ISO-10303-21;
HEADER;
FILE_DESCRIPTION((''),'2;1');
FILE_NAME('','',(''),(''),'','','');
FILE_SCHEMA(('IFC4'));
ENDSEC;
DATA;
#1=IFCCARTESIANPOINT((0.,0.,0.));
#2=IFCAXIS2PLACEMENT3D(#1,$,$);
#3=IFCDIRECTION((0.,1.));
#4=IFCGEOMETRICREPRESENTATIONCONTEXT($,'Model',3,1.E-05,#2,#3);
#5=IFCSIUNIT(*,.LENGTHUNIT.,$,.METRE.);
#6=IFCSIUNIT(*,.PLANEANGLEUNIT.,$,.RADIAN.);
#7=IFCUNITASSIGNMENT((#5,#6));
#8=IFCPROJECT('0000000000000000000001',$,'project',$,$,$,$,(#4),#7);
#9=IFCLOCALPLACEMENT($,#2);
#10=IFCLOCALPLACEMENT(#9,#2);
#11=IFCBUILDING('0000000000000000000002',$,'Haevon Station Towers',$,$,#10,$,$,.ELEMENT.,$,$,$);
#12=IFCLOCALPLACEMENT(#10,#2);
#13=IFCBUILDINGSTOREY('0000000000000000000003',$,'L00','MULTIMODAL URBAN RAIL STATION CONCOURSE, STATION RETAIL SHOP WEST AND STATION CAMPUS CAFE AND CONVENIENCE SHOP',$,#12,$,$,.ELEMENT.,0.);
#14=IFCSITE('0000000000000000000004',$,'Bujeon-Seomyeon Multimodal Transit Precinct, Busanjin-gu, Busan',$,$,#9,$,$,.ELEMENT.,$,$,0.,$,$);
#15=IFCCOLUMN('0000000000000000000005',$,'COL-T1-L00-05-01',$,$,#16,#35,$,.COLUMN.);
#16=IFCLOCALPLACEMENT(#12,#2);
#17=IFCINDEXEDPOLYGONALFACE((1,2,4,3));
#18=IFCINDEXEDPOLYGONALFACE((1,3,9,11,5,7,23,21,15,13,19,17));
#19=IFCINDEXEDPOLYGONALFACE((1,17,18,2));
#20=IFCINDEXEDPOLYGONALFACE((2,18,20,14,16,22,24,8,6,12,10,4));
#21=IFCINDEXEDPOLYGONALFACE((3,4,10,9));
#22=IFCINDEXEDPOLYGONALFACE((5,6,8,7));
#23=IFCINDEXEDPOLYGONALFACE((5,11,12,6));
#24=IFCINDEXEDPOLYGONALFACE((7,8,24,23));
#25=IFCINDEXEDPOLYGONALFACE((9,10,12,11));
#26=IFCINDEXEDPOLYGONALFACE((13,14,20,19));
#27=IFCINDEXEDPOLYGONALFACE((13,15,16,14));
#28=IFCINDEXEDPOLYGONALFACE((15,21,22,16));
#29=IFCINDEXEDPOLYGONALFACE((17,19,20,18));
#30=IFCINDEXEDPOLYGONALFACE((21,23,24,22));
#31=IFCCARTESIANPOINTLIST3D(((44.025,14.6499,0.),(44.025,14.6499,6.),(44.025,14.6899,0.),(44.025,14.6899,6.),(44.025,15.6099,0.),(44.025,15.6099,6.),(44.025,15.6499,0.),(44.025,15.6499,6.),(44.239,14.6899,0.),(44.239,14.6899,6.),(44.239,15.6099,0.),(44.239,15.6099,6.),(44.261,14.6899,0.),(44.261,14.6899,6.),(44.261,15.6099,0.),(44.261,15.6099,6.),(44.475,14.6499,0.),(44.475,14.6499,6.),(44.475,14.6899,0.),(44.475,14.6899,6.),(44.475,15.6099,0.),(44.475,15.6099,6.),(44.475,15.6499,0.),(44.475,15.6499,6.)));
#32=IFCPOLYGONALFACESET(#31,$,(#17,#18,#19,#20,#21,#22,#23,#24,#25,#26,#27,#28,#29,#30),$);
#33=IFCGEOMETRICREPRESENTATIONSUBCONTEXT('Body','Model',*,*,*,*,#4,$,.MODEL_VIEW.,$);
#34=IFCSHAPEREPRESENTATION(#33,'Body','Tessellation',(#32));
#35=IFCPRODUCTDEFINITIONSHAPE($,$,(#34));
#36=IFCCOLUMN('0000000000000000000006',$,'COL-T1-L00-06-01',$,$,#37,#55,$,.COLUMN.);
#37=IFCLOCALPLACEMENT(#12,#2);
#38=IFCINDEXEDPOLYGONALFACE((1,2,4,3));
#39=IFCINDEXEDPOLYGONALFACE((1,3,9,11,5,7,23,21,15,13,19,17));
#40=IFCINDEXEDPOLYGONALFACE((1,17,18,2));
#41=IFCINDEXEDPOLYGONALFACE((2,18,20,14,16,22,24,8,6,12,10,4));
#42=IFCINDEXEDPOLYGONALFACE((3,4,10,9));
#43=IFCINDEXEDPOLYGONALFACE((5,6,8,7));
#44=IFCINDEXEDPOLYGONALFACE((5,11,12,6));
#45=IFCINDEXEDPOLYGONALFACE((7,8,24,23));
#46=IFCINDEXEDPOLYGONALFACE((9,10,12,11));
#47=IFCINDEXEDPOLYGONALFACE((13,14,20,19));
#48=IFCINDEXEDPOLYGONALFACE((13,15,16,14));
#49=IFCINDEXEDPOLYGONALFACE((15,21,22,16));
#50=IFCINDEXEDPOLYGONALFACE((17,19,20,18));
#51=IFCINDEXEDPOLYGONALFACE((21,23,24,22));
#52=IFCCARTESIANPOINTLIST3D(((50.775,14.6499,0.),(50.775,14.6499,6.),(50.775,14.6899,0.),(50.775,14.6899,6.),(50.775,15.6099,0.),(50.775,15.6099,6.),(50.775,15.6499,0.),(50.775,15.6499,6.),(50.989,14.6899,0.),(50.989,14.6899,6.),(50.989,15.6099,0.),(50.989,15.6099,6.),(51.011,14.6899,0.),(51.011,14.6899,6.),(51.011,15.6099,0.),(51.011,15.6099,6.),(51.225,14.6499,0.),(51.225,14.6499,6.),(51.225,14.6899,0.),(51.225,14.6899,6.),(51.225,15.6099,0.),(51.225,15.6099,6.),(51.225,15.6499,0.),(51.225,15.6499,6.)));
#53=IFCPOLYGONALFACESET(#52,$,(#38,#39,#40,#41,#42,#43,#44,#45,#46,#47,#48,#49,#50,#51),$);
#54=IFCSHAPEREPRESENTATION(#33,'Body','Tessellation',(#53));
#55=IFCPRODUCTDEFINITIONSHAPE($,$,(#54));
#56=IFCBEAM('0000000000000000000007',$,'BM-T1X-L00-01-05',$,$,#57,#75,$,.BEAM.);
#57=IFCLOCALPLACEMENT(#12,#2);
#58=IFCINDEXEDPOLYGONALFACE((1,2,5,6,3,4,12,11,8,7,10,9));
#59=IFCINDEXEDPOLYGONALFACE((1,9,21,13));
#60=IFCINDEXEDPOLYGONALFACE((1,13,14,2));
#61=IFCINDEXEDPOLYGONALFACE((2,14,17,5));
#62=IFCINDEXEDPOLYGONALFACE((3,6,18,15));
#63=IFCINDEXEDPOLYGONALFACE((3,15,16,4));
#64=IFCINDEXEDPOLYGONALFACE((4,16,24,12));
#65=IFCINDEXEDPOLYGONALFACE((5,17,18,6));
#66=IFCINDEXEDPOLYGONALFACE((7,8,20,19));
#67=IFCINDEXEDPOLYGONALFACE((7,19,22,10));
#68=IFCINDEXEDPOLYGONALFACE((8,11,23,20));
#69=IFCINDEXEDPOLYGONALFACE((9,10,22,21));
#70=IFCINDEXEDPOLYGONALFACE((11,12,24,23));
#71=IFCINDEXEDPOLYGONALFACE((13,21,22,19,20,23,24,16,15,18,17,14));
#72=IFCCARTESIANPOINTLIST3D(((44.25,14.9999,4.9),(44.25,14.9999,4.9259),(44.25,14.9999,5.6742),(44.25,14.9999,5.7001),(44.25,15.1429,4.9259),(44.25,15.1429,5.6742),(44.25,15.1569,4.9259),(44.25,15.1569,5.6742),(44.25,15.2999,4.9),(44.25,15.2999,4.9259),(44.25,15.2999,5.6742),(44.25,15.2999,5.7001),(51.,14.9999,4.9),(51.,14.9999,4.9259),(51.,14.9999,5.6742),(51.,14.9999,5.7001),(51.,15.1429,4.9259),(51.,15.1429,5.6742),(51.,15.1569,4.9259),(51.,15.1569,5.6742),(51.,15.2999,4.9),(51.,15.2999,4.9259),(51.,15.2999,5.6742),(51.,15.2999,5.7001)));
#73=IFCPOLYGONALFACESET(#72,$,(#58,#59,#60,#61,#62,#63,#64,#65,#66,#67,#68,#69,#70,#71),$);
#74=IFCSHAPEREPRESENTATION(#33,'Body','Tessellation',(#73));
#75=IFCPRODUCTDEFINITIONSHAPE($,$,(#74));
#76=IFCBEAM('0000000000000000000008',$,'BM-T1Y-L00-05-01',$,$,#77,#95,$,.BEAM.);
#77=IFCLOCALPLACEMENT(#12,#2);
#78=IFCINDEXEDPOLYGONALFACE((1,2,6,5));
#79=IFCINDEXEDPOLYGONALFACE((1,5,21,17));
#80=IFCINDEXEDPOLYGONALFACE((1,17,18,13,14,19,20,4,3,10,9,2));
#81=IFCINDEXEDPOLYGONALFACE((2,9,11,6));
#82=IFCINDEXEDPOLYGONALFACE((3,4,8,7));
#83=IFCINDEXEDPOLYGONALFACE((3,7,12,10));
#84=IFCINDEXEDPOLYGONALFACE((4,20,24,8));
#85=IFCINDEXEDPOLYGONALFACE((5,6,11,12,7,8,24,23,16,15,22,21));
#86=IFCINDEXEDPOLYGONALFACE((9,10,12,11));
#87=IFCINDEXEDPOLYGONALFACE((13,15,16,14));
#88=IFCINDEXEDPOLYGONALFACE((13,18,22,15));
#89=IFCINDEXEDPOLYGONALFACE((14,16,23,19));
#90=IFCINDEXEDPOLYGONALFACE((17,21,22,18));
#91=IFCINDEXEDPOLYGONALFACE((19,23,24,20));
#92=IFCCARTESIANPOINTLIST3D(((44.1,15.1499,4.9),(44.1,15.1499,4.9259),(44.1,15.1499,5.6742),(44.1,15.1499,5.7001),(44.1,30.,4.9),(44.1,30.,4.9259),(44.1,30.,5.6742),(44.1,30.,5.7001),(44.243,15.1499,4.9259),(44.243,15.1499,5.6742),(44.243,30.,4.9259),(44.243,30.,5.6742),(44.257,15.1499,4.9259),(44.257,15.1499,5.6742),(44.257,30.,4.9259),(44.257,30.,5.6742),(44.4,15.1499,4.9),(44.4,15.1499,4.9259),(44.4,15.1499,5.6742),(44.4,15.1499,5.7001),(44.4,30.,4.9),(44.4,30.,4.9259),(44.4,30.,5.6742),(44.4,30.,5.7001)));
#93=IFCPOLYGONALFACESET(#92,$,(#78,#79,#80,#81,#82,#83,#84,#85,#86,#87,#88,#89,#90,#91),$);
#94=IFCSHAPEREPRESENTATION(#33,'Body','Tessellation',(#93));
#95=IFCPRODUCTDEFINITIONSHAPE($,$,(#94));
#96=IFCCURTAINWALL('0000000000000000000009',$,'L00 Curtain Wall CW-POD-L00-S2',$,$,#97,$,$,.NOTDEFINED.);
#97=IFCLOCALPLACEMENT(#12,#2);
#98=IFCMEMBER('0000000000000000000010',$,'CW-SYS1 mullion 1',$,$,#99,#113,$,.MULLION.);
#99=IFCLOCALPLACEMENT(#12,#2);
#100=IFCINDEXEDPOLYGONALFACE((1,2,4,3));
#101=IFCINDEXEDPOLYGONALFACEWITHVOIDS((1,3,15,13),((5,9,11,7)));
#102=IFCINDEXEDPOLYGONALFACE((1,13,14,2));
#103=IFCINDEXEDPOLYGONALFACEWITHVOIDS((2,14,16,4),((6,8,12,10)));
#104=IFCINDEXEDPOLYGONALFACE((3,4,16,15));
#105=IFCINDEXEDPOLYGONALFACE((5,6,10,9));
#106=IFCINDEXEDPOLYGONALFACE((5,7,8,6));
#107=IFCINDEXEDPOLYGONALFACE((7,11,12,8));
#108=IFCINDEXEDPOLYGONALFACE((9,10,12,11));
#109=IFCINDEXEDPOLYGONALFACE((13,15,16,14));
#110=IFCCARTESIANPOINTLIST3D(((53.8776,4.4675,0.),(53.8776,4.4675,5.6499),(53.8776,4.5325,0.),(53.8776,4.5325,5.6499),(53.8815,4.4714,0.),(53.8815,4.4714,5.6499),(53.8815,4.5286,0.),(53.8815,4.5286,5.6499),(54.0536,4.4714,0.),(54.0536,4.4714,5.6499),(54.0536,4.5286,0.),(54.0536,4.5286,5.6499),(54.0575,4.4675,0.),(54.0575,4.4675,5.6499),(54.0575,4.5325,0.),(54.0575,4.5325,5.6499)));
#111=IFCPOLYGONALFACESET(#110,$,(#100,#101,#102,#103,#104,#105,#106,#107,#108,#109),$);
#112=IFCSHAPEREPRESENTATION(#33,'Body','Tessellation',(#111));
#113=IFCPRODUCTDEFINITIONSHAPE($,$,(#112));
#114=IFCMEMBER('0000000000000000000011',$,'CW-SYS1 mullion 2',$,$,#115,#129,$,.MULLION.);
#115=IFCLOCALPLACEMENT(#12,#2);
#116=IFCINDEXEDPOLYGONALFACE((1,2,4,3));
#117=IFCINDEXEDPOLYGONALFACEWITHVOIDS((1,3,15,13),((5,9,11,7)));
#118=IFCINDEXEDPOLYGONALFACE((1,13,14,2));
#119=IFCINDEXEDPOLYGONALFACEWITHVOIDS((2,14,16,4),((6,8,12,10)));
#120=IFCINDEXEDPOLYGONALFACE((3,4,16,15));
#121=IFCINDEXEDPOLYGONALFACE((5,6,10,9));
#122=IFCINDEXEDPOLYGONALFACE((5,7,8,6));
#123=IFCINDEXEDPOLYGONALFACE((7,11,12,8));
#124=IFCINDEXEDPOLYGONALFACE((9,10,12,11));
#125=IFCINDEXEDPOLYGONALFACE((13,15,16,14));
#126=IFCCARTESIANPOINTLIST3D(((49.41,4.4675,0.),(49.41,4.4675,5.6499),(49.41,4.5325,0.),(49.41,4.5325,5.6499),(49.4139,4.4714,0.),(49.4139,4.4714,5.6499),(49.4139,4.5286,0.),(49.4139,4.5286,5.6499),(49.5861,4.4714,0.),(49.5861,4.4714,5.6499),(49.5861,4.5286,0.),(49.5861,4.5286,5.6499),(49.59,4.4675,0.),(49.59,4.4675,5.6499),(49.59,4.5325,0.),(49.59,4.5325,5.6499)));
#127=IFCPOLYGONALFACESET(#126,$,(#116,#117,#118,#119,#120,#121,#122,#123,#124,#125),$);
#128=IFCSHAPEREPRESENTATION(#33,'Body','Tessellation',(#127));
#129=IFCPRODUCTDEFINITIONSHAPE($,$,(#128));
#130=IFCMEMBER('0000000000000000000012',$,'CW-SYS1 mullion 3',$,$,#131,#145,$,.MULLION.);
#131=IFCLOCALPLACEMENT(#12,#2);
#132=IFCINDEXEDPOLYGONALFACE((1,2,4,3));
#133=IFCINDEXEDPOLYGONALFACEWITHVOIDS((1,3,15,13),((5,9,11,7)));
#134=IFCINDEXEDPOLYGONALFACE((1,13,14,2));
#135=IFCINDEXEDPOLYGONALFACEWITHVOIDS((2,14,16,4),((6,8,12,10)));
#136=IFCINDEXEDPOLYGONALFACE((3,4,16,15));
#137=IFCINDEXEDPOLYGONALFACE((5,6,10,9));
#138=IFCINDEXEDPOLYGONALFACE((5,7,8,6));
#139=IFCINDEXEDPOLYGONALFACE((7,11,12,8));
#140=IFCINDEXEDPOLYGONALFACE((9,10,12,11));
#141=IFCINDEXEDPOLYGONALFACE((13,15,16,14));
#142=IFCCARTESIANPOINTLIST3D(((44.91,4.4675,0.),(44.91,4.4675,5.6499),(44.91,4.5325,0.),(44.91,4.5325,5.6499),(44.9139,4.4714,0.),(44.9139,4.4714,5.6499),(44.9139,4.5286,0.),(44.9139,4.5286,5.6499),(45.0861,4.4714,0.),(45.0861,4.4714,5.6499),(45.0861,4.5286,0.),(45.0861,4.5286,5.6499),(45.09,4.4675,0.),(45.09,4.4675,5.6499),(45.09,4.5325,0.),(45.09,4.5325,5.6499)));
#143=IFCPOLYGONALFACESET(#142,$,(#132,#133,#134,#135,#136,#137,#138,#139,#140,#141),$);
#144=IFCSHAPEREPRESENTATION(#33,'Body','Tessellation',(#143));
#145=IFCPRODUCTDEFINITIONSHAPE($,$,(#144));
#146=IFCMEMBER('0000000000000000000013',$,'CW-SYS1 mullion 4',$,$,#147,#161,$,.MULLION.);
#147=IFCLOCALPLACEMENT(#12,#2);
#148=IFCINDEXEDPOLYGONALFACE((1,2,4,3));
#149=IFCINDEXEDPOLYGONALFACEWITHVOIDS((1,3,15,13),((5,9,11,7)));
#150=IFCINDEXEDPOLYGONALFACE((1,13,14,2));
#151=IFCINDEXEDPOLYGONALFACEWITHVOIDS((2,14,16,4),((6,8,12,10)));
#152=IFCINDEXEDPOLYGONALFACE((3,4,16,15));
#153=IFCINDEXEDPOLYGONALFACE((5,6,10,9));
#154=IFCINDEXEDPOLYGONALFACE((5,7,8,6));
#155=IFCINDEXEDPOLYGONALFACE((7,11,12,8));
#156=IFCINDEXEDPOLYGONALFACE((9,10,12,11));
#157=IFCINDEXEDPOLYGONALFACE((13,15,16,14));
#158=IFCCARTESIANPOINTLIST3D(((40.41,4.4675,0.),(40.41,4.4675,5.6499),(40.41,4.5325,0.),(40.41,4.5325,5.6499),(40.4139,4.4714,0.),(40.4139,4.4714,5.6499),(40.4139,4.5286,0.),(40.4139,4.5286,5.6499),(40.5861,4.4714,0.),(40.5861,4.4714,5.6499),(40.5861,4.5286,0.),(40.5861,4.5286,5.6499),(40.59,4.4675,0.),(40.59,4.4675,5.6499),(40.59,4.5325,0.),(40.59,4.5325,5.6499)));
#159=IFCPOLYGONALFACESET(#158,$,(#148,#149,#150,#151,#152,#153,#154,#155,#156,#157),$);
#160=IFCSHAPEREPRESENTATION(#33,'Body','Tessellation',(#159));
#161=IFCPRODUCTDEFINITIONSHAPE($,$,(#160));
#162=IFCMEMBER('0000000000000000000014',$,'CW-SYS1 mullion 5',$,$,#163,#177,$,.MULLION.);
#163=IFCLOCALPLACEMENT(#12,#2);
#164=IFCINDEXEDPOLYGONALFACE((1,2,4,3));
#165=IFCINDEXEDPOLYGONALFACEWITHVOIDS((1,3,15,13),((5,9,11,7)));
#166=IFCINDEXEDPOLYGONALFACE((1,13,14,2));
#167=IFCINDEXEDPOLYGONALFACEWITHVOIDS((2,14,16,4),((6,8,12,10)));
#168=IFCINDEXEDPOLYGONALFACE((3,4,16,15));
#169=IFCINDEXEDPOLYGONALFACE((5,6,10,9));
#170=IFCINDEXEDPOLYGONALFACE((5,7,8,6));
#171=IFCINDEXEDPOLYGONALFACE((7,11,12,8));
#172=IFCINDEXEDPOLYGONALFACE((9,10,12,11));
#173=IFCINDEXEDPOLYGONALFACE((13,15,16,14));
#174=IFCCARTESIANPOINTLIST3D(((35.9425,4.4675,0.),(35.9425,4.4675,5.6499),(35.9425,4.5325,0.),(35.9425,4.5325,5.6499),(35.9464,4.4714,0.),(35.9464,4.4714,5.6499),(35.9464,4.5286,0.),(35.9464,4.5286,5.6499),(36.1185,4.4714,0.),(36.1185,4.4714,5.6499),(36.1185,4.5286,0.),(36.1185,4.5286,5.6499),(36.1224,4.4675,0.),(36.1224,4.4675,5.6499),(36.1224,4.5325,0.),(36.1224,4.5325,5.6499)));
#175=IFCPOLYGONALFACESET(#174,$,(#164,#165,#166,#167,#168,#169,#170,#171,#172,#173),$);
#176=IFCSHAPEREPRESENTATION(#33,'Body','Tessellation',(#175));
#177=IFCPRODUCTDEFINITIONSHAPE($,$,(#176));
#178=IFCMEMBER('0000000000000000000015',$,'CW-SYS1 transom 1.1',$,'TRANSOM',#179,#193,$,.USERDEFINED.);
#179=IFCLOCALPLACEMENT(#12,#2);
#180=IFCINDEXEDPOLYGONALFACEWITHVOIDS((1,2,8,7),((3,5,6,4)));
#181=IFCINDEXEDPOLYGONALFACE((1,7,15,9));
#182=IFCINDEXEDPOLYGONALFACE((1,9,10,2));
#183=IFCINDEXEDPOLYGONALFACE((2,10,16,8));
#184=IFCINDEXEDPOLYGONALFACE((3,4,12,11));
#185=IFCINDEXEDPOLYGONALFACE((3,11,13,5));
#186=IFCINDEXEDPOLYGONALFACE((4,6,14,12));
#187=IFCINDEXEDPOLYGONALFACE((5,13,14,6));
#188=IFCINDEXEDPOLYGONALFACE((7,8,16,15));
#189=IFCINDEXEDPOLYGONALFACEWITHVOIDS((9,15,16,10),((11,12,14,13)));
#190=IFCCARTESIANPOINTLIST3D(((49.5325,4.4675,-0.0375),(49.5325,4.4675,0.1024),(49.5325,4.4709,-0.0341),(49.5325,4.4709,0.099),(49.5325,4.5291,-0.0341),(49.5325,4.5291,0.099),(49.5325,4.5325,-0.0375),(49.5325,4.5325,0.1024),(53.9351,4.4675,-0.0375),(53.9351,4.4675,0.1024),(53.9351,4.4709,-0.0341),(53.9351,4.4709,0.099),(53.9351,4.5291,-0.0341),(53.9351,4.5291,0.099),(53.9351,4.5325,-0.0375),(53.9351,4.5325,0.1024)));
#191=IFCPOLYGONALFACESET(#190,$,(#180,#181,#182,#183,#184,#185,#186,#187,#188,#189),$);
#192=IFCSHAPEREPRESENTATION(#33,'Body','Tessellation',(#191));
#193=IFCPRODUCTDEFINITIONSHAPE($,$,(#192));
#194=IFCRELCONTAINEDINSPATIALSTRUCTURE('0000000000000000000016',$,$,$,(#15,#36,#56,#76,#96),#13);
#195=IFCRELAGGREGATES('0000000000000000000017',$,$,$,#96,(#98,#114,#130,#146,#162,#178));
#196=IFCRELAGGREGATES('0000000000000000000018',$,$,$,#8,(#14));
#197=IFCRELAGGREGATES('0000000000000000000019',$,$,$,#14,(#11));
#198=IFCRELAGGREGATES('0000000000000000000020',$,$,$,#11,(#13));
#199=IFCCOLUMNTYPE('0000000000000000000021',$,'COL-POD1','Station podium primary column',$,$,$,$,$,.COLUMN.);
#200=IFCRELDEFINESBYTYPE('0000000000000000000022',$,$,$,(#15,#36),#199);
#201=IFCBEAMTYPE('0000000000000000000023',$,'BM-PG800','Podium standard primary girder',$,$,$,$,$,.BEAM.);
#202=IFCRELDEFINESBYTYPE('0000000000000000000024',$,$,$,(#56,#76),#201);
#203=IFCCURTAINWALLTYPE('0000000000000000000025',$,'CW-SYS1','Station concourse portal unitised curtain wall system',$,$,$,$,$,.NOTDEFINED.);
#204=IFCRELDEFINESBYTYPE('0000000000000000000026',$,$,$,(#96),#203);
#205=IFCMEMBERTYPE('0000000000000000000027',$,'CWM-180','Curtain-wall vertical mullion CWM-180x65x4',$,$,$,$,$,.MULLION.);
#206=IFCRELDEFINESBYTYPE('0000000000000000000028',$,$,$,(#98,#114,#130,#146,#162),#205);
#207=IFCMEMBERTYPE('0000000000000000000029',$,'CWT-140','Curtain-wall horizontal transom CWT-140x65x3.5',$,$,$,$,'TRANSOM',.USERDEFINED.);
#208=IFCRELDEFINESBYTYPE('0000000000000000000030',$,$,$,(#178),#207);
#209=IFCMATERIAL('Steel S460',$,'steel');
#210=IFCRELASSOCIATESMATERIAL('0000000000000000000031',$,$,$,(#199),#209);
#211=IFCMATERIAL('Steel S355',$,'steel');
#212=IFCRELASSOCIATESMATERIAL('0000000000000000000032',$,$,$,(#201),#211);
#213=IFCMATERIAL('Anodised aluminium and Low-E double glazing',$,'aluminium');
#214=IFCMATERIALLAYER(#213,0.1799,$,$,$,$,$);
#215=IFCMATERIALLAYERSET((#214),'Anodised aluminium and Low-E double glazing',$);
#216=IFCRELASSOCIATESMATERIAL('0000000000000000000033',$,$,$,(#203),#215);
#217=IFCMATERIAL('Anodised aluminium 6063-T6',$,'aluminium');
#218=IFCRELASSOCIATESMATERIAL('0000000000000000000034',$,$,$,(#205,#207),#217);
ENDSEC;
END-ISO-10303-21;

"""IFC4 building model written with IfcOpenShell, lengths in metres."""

from ifc_helpers import new_model, si_unit, direction, frame, origin, origin_2d, place, context, subcontext, project, spatial, hollow_rectangle, i_section, extrude, material, layer, layer_set, material_profile, profile_set, type_object, element, aggregate, save


model = new_model("IFC4")

# Units and contexts
model_context = context("Model", 3, precision=1e-05, world=origin(), true_north=direction((0.0, 1.0)))
body_context = subcontext(model_context, "Body", "Model", "MODEL_VIEW")
ifc_project = project(units=[si_unit("LENGTHUNIT", "METRE"), si_unit("PLANEANGLEUNIT", "RADIAN")], contexts=[model_context])

# Site, building, storey
site_placement = place(None, origin())
site = spatial("IfcSite", under=ifc_project, at=site_placement, Name="Bujeon-Seomyeon Multimodal Transit Precinct, Busanjin-gu, Busan", CompositionType="ELEMENT", RefElevation=0.0)
building_placement = place(site_placement, origin())
building = spatial("IfcBuilding", under=site, at=building_placement, Name="Haevon Station Towers", CompositionType="ELEMENT")
storey_placement = place(building_placement, origin())
storey = spatial("IfcBuildingStorey", under=building, at=storey_placement, Name="L00", Description="MULTIMODAL URBAN RAIL STATION CONCOURSE, STATION RETAIL SHOP WEST AND STATION CAMPUS CAFE AND CONVENIENCE SHOP", CompositionType="ELEMENT", Elevation=0.0)

# Columns
ifc_material_1 = material(Name="Steel S460", Category="steel")
ifc_material_profile_1 = material_profile(ifc_material_1, i_section(OverallWidth=0.45, OverallDepth=1.0, WebThickness=0.022, FlangeThickness=0.04, at=origin_2d()), Name="H-1000x450x22x40")
ifc_profile_set_1 = profile_set([ifc_material_profile_1], Name="Steel S460")
column_type = type_object("IfcColumnType", Name="COL-POD1", Description="Station podium primary column", PredefinedType="COLUMN", material=ifc_profile_set_1)
for number, where, z_axis, x_axis, name in (
    (1, (44.25, 15.1499, 0.0), (0.0, 0.0, 1.0), (1.0, 0.0, 0.0), "COL-T1-L00-05-01"),
    (2, (51.0, 15.1499, 0.0), (0.0, 0.0, 1.0), (1.0, 0.0, 0.0), "COL-T1-L00-06-01"),
):
    element("IfcColumn", number, at=place(storey_placement, frame(where, z_axis=z_axis, x_axis=x_axis)), inside=storey, type_object=column_type, Name=name, PredefinedType="COLUMN", context=body_context, shape_type="SweptSolid", body=[
        extrude(i_section(OverallWidth=0.45, OverallDepth=1.0, WebThickness=0.022, FlangeThickness=0.04, at=origin_2d()), origin(), (0.0, 0.0, 1.0), 6.0),
    ])

# Beams
ifc_material_2 = material(Name="Steel S355", Category="steel")
ifc_material_profile_2 = material_profile(ifc_material_2, i_section(OverallWidth=0.3, OverallDepth=0.8, WebThickness=0.0139, FlangeThickness=0.0259, at=origin_2d()), Name="H-800x300x14x26")
ifc_profile_set_2 = profile_set([ifc_material_profile_2], Name="Steel S355")
beam_type = type_object("IfcBeamType", Name="BM-PG800", Description="Podium standard primary girder", PredefinedType="BEAM", material=ifc_profile_set_2)
beam_1_placement = place(storey_placement, frame((44.25, 15.1499, 5.3), z_axis=(1.0, 0.0, 0.0), x_axis=(0.0, 1.0, 0.0)))
element("IfcBeam", 3, at=beam_1_placement, inside=storey, type_object=beam_type, Name="BM-T1X-L00-01-05", PredefinedType="BEAM", context=body_context, shape_type="SweptSolid", body=[
    extrude(i_section(OverallWidth=0.3, OverallDepth=0.8, WebThickness=0.0139, FlangeThickness=0.0259, at=origin_2d()), origin(), (0.0, 0.0, 1.0), 6.75),
])
beam_2_placement = place(storey_placement, frame((44.25, 15.1499, 5.3), z_axis=(0.0, 1.0, 0.0), x_axis=(-1.0, 0.0, 0.0)))
element("IfcBeam", 4, at=beam_2_placement, inside=storey, type_object=beam_type, Name="BM-T1Y-L00-05-01", PredefinedType="BEAM", context=body_context, shape_type="SweptSolid", body=[
    extrude(i_section(OverallWidth=0.3, OverallDepth=0.8, WebThickness=0.0139, FlangeThickness=0.0259, at=origin_2d()), origin(), (0.0, 0.0, 1.0), 14.8501),
])

# Curtain wall, members
ifc_material_3 = material(Name="Anodised aluminium and Low-E double glazing", Category="aluminium")
ifc_layer_1 = layer(ifc_material_3, 0.1799)
ifc_layer_set_1 = layer_set([ifc_layer_1], Name="Anodised aluminium and Low-E double glazing")
curtain_wall_type = type_object("IfcCurtainWallType", Name="CW-SYS1", Description="Station concourse portal unitised curtain wall system", PredefinedType="NOTDEFINED", material=ifc_layer_set_1)
curtain_wall_placement = place(storey_placement, origin())
curtain_wall = element("IfcCurtainWall", 5, at=curtain_wall_placement, inside=storey, type_object=curtain_wall_type, Name="L00 Curtain Wall CW-POD-L00-S2", PredefinedType="NOTDEFINED")
ifc_material_4 = material(Name="Anodised aluminium 6063-T6", Category="aluminium")
ifc_material_profile_3 = material_profile(ifc_material_4, hollow_rectangle(XDim=0.0649, YDim=0.1799, WallThickness=0.0039, at=origin_2d()), Name="CWM-180x65x4")
ifc_profile_set_3 = profile_set([ifc_material_profile_3], Name="Anodised aluminium 6063-T6")
member_type_1 = type_object("IfcMemberType", Name="CWM-180", Description="Curtain-wall vertical mullion CWM-180x65x4", PredefinedType="MULLION", material=ifc_profile_set_3)
member_1_placement = place(storey_placement, frame((53.9675, 4.5, 0.0), z_axis=(0.0, 0.0, 1.0), x_axis=(0.0, -1.0, 0.0)))
member_1 = element("IfcMember", 6, at=member_1_placement, type_object=member_type_1, Name="CW-SYS1 mullion 1", PredefinedType="MULLION", context=body_context, shape_type="SweptSolid", body=[
    extrude(hollow_rectangle(XDim=0.0649, YDim=0.1799, WallThickness=0.0039, at=origin_2d()), origin(), (0.0, 0.0, 1.0), 5.6499),
])
member_2_placement = place(storey_placement, frame((49.5, 4.5, 0.0), z_axis=(0.0, 0.0, 1.0), x_axis=(0.0, -1.0, 0.0)))
member_2 = element("IfcMember", 7, at=member_2_placement, type_object=member_type_1, Name="CW-SYS1 mullion 2", PredefinedType="MULLION", context=body_context, shape_type="SweptSolid", body=[
    extrude(hollow_rectangle(XDim=0.0649, YDim=0.1799, WallThickness=0.0039, at=origin_2d()), origin(), (0.0, 0.0, 1.0), 5.6499),
])
member_3_placement = place(storey_placement, frame((45.0, 4.5, 0.0), z_axis=(0.0, 0.0, 1.0), x_axis=(0.0, -1.0, 0.0)))
member_3 = element("IfcMember", 8, at=member_3_placement, type_object=member_type_1, Name="CW-SYS1 mullion 3", PredefinedType="MULLION", context=body_context, shape_type="SweptSolid", body=[
    extrude(hollow_rectangle(XDim=0.0649, YDim=0.1799, WallThickness=0.0039, at=origin_2d()), origin(), (0.0, 0.0, 1.0), 5.6499),
])
member_4_placement = place(storey_placement, frame((40.5, 4.5, 0.0), z_axis=(0.0, 0.0, 1.0), x_axis=(0.0, -1.0, 0.0)))
member_4 = element("IfcMember", 9, at=member_4_placement, type_object=member_type_1, Name="CW-SYS1 mullion 4", PredefinedType="MULLION", context=body_context, shape_type="SweptSolid", body=[
    extrude(hollow_rectangle(XDim=0.0649, YDim=0.1799, WallThickness=0.0039, at=origin_2d()), origin(), (0.0, 0.0, 1.0), 5.6499),
])
member_5_placement = place(storey_placement, frame((36.0325, 4.5, 0.0), z_axis=(0.0, 0.0, 1.0), x_axis=(0.0, -1.0, 0.0)))
member_5 = element("IfcMember", 10, at=member_5_placement, type_object=member_type_1, Name="CW-SYS1 mullion 5", PredefinedType="MULLION", context=body_context, shape_type="SweptSolid", body=[
    extrude(hollow_rectangle(XDim=0.0649, YDim=0.1799, WallThickness=0.0039, at=origin_2d()), origin(), (0.0, 0.0, 1.0), 5.6499),
])
ifc_material_profile_4 = material_profile(ifc_material_4, hollow_rectangle(XDim=0.0649, YDim=0.1399, WallThickness=0.0034, at=origin_2d()), Name="CWT-140x65x3.5")
ifc_profile_set_4 = profile_set([ifc_material_profile_4], Name="Anodised aluminium 6063-T6")
member_type_2 = type_object("IfcMemberType", Name="CWT-140", Description="Curtain-wall horizontal transom CWT-140x65x3.5", ElementType="TRANSOM", PredefinedType="USERDEFINED", material=ifc_profile_set_4)
member_6_placement = place(storey_placement, frame((53.9351, 4.5, 0.0325), z_axis=(-1.0, 0.0, 0.0), x_axis=(0.0, -1.0, 0.0)))
member_6 = element("IfcMember", 11, at=member_6_placement, type_object=member_type_2, Name="CW-SYS1 transom 1.1", ObjectType="TRANSOM", PredefinedType="USERDEFINED", context=body_context, shape_type="SweptSolid", body=[
    extrude(hollow_rectangle(XDim=0.0649, YDim=0.1399, WallThickness=0.0034, at=origin_2d()), origin(), (0.0, 0.0, 1.0), 4.4026),
])
aggregate(curtain_wall, [member_1, member_2, member_3, member_4, member_5, member_6])

save(model, "model.ifc")
